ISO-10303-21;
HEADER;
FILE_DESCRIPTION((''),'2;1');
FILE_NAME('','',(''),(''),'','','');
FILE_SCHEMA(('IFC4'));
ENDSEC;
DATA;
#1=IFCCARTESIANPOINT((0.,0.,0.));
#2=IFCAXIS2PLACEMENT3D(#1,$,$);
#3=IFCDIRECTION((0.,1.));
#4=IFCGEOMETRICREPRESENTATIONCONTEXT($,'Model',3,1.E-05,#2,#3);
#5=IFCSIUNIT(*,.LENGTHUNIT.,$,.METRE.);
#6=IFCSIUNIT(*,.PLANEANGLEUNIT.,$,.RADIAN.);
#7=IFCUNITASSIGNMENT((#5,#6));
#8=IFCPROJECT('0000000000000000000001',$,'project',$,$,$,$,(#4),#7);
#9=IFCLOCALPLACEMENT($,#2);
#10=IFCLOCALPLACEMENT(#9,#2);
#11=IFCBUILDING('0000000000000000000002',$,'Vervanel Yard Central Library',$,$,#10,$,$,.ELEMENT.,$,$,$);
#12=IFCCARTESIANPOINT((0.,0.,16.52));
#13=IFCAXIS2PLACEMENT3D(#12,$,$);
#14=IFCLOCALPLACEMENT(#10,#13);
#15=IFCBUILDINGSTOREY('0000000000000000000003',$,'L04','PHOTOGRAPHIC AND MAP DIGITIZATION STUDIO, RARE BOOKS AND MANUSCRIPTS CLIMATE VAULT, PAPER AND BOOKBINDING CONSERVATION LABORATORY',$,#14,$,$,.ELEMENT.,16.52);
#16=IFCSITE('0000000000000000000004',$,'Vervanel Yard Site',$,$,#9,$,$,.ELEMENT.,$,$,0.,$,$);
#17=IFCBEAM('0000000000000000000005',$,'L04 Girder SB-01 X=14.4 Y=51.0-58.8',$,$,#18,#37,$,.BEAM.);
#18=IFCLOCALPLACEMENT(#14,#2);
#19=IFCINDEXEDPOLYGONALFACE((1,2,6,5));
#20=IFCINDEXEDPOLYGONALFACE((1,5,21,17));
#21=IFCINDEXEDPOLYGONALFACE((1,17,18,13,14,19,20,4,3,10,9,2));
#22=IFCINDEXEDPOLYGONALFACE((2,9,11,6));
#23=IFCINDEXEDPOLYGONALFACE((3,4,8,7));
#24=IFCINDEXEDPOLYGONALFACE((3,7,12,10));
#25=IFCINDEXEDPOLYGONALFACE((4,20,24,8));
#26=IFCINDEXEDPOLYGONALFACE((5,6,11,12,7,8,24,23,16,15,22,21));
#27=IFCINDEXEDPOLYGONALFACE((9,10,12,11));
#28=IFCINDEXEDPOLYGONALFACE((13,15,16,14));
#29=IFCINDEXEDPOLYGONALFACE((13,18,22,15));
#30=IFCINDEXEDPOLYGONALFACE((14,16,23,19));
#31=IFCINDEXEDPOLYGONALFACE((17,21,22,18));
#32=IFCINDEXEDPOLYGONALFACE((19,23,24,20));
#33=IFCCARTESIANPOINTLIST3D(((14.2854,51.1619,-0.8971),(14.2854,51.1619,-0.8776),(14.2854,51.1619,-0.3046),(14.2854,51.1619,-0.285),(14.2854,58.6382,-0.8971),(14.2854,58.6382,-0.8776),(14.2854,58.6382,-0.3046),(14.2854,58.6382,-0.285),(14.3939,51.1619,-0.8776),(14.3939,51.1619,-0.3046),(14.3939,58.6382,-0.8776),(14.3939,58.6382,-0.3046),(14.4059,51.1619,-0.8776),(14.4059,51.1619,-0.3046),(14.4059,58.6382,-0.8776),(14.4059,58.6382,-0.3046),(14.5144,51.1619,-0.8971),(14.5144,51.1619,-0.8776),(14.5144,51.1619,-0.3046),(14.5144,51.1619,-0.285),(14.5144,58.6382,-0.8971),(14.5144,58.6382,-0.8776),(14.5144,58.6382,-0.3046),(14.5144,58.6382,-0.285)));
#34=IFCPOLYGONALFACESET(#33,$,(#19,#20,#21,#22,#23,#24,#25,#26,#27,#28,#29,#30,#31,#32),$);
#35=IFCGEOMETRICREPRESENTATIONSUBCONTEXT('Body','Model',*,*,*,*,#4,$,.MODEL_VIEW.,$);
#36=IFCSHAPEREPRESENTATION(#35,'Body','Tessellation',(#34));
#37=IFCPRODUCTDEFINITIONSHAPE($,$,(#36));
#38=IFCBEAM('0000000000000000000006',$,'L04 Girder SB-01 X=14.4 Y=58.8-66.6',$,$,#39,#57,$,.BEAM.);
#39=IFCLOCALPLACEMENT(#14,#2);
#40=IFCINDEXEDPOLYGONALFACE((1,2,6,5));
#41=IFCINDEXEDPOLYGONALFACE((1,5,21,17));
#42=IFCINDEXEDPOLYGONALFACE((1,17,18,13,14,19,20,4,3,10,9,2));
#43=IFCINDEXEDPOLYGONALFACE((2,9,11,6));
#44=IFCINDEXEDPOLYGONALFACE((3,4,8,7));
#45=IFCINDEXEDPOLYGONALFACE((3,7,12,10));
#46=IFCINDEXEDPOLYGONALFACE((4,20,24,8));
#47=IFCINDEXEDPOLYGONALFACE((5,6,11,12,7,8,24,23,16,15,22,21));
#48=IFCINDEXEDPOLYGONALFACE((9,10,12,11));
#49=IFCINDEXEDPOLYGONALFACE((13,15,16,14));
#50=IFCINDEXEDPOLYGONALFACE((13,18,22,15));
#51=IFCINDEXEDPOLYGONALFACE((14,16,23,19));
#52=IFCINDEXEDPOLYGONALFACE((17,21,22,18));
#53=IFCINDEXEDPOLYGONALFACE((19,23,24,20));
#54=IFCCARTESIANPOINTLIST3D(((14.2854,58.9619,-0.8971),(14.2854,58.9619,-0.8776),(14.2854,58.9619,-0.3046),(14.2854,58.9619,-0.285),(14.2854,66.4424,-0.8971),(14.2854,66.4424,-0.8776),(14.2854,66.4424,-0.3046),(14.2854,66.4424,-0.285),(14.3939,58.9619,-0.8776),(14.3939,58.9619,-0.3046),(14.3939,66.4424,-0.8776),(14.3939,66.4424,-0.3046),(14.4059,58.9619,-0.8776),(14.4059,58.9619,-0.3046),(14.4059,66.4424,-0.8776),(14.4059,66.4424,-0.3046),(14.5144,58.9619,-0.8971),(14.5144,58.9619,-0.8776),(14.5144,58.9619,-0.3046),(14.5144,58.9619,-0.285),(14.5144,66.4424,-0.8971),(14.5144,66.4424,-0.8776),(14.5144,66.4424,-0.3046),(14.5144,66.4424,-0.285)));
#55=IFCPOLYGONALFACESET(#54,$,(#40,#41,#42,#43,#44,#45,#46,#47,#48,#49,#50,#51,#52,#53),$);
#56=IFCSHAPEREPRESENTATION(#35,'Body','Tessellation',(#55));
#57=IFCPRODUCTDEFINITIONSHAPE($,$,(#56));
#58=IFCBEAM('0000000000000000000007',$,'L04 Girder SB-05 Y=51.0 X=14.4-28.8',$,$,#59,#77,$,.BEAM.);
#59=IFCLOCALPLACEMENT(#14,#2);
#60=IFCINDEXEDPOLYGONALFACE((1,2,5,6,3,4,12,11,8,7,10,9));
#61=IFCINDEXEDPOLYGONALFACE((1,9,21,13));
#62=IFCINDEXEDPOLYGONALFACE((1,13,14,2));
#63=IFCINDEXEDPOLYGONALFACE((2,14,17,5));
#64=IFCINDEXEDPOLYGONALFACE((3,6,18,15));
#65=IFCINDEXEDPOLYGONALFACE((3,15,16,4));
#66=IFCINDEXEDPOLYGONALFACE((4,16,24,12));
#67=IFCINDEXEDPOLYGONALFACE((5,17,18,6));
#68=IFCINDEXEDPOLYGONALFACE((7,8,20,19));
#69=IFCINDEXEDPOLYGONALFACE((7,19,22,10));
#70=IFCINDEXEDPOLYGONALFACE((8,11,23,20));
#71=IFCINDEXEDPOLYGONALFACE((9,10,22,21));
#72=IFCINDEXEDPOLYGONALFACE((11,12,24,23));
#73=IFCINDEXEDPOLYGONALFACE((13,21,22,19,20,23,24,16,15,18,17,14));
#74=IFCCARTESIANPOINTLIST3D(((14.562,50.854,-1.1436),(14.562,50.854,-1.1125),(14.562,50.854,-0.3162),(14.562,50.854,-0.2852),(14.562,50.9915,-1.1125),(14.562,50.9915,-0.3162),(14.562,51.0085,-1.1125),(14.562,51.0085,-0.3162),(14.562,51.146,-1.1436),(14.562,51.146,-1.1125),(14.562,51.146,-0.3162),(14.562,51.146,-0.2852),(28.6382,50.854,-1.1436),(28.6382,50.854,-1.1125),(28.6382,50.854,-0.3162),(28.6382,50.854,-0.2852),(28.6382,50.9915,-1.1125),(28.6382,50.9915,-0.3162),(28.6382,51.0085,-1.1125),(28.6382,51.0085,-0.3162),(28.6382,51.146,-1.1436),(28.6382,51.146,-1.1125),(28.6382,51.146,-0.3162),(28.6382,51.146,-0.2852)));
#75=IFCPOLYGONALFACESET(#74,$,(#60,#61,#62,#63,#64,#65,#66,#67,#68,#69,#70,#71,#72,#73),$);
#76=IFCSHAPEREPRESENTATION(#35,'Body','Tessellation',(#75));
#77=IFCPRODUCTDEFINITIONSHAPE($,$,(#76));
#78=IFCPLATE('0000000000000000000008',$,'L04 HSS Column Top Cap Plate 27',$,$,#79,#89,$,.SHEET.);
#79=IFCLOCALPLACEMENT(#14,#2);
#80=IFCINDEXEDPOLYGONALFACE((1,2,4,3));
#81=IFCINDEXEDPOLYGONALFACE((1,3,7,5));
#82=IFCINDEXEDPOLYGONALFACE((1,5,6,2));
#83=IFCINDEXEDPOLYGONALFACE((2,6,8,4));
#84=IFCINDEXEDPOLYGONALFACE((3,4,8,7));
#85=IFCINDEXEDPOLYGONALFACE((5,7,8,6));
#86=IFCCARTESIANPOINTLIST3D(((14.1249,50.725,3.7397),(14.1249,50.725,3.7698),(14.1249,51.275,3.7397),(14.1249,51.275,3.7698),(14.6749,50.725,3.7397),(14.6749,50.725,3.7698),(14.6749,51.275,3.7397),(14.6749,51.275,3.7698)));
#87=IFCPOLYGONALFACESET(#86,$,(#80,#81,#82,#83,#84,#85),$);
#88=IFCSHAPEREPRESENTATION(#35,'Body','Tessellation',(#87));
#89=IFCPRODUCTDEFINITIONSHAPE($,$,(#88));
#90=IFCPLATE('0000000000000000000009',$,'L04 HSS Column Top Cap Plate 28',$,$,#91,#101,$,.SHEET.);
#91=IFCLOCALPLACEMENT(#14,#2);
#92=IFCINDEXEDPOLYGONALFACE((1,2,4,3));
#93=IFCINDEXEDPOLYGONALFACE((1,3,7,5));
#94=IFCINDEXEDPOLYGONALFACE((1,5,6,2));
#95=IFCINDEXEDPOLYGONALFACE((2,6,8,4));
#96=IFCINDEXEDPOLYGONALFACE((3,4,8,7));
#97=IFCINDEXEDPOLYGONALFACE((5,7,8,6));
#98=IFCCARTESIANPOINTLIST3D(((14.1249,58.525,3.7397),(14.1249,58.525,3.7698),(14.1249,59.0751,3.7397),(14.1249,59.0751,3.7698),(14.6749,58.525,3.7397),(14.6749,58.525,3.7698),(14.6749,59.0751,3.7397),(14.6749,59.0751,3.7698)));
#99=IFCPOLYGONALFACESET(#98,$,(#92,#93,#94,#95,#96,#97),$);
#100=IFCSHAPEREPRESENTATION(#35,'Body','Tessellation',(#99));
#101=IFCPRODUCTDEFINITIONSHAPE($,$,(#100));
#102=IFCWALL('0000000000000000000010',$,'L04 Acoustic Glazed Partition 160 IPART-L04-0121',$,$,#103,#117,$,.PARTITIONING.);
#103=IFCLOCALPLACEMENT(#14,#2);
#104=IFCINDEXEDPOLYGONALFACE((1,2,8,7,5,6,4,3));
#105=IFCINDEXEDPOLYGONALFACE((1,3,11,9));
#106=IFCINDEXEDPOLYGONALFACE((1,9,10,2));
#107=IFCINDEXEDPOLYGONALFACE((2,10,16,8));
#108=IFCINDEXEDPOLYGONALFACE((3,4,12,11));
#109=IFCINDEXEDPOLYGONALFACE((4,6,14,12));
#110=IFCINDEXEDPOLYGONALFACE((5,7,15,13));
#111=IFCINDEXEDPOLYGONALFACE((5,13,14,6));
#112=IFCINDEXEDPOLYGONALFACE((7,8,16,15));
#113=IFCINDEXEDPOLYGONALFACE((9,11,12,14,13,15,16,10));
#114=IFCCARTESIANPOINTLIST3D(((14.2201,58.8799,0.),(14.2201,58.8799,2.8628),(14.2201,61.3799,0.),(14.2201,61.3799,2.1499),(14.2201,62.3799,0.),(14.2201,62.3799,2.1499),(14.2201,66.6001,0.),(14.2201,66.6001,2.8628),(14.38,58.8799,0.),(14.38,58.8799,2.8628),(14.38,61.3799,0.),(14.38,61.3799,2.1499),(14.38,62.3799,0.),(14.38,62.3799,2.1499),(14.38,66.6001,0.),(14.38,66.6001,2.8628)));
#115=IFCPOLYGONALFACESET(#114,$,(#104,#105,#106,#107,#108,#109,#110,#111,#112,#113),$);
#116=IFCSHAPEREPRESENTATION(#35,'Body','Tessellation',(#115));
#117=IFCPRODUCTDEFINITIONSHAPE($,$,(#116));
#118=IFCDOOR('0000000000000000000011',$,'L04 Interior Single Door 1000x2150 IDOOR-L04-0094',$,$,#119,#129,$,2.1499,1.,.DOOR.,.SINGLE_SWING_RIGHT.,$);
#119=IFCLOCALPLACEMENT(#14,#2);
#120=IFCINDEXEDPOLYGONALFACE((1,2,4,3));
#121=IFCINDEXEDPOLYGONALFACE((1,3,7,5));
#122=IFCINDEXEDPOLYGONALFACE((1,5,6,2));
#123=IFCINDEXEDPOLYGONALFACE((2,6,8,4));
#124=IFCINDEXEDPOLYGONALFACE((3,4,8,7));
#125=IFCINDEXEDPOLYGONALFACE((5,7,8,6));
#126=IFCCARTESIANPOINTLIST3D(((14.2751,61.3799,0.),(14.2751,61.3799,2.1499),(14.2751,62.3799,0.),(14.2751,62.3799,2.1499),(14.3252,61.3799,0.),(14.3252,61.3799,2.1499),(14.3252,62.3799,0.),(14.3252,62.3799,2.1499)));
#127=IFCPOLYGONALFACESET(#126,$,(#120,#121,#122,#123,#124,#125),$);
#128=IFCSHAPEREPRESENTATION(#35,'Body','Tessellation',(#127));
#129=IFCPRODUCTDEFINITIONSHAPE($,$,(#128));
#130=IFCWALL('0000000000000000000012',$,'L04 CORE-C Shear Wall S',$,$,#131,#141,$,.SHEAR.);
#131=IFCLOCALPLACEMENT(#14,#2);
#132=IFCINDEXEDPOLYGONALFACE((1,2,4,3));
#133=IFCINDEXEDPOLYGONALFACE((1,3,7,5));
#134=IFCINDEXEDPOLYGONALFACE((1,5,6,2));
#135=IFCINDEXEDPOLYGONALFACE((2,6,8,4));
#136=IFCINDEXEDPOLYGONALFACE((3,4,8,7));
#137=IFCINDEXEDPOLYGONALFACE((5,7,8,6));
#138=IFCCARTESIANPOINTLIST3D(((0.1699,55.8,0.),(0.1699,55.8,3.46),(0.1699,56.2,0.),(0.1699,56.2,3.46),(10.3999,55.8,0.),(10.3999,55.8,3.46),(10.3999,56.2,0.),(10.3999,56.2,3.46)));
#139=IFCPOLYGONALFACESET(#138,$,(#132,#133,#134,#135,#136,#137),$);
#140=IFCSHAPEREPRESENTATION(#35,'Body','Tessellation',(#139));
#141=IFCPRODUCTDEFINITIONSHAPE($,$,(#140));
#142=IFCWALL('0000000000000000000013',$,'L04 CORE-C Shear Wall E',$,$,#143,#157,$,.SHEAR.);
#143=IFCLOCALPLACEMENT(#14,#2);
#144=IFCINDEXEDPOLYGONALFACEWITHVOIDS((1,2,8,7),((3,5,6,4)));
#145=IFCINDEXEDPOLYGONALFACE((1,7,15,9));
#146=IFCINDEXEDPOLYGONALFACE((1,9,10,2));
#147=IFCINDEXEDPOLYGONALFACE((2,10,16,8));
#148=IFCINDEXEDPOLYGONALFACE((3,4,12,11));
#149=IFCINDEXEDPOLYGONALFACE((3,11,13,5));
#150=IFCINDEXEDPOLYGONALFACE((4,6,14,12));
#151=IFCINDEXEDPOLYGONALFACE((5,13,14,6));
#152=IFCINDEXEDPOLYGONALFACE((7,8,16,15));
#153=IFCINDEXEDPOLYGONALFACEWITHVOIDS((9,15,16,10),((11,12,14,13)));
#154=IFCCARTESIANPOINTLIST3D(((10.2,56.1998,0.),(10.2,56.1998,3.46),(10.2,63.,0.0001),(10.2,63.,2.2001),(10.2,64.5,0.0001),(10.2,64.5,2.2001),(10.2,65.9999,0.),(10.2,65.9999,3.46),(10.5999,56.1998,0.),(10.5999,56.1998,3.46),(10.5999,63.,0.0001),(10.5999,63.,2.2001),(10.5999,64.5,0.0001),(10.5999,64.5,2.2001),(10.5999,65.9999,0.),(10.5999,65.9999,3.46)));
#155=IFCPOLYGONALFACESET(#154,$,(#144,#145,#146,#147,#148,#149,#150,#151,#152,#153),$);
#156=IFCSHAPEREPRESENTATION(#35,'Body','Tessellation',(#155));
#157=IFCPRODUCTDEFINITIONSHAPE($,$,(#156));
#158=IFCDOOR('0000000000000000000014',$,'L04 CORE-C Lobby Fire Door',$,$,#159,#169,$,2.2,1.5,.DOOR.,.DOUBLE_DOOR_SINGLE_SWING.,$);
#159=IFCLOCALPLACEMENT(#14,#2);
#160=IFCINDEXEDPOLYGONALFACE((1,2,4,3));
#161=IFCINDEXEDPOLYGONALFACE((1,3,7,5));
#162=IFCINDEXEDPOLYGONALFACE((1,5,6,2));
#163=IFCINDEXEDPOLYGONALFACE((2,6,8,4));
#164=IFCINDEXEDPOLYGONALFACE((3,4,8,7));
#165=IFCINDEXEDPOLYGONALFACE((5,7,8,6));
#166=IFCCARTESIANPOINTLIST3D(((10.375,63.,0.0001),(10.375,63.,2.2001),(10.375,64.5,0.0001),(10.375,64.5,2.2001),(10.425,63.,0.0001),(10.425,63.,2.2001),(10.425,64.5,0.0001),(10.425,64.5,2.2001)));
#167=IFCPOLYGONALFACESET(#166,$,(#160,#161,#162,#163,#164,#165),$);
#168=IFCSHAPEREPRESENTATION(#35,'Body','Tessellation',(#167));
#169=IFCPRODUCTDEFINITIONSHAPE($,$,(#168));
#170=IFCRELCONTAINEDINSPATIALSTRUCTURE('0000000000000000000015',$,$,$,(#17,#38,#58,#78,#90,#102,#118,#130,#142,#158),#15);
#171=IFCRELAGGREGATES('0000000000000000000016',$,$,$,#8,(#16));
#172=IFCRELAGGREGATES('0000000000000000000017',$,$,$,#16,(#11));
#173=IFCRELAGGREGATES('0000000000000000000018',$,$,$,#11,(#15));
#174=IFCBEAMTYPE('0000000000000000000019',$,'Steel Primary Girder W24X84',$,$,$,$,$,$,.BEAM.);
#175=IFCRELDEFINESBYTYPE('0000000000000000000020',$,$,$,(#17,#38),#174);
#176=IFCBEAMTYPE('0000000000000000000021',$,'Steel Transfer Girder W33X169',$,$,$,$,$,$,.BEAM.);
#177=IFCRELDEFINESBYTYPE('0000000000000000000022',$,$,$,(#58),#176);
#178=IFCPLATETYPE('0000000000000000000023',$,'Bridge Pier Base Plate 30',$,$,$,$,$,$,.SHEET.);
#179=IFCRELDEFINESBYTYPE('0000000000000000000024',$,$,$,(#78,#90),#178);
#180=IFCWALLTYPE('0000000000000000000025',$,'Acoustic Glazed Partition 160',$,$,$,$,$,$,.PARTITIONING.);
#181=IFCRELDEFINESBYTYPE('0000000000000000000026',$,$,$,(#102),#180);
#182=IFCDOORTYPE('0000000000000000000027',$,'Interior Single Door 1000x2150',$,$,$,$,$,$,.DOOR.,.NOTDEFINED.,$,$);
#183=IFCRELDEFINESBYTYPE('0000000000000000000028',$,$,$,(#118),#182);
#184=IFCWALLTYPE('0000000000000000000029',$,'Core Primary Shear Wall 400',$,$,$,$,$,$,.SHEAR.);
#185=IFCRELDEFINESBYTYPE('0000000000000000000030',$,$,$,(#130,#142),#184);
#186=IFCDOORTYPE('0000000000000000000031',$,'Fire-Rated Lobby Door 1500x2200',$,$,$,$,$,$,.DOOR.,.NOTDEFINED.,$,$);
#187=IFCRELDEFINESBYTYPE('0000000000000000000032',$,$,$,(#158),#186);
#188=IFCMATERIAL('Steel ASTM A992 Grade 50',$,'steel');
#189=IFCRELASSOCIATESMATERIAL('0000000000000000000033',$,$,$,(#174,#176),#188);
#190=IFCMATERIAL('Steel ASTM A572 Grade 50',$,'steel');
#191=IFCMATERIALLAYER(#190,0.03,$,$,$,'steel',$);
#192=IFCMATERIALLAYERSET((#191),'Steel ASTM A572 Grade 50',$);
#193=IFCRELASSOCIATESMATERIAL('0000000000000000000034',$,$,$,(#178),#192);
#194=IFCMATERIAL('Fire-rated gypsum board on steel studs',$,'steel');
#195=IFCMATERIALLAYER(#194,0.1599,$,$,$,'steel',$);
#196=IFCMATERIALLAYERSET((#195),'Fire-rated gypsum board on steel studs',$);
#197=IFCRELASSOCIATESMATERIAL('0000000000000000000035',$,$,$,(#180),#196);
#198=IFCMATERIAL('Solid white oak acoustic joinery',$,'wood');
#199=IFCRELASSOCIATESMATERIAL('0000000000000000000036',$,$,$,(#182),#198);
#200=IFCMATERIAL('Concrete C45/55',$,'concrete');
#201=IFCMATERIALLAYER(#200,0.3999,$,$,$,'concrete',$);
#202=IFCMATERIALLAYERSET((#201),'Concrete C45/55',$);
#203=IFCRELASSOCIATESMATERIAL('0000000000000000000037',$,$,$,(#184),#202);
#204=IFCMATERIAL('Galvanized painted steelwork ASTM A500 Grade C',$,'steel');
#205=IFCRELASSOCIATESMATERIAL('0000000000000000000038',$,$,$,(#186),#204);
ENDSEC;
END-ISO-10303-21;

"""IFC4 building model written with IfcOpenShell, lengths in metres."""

from ifc_helpers import new_model, si_unit, direction, frame, frame_2d, origin, origin_2d, place, context, subcontext, project, spatial, rectangle, i_section, extrude, material, layer, layer_set, material_profile, profile_set, type_object, element, fill, save


model = new_model("IFC4")

# Units and contexts
model_context = context("Model", 3, precision=1e-05, world=origin(), true_north=direction((0.0, 1.0)))
body_context = subcontext(model_context, "Body", "Model", "MODEL_VIEW")
ifc_project = project(units=[si_unit("LENGTHUNIT", "METRE"), si_unit("PLANEANGLEUNIT", "RADIAN")], contexts=[model_context])

# Site, building, storey
site_placement = place(None, origin())
site = spatial("IfcSite", under=ifc_project, at=site_placement, Name="Vervanel Yard Site", CompositionType="ELEMENT", RefElevation=0.0)
building_placement = place(site_placement, origin())
building = spatial("IfcBuilding", under=site, at=building_placement, Name="Vervanel Yard Central Library", CompositionType="ELEMENT")
storey_placement = place(building_placement, frame((0.0, 0.0, 16.52)))
storey = spatial("IfcBuildingStorey", under=building, at=storey_placement, Name="L04", Description="PHOTOGRAPHIC AND MAP DIGITIZATION STUDIO, RARE BOOKS AND MANUSCRIPTS CLIMATE VAULT, PAPER AND BOOKBINDING CONSERVATION LABORATORY", CompositionType="ELEMENT", Elevation=16.52)

# Shared definitions
ifc_material_1 = material(Name="Steel ASTM A992 Grade 50", Category="steel")

# Beams
ifc_material_profile_1 = material_profile(ifc_material_1, i_section(OverallWidth=0.229, OverallDepth=0.6121, WebThickness=0.012, FlangeThickness=0.0195, at=origin_2d()), Name="W24X84", Category="steel")
ifc_profile_set_1 = profile_set([ifc_material_profile_1], Name="Steel ASTM A992 Grade 50")
beam_type_1 = type_object("IfcBeamType", Name="Steel Primary Girder W24X84", PredefinedType="BEAM", material=ifc_profile_set_1)
beam_1_placement = place(storey_placement, frame((14.3999, 51.1619, -0.5911), z_axis=(0.0, 1.0, 0.0), x_axis=(-1.0, 0.0, 0.0)))
element("IfcBeam", 1, at=beam_1_placement, inside=storey, type_object=beam_type_1, Name="L04 Girder SB-01 X=14.4 Y=51.0-58.8", PredefinedType="BEAM", context=body_context, shape_type="SweptSolid", body=[
    extrude(i_section(OverallWidth=0.229, OverallDepth=0.6121, WebThickness=0.012, FlangeThickness=0.0195, at=origin_2d()), origin(), (0.0, 0.0, 1.0), 7.4763),
])
beam_2_placement = place(storey_placement, frame((14.3999, 58.9619, -0.5911), z_axis=(0.0, 1.0, 0.0), x_axis=(-1.0, 0.0, 0.0)))
element("IfcBeam", 2, at=beam_2_placement, inside=storey, type_object=beam_type_1, Name="L04 Girder SB-01 X=14.4 Y=58.8-66.6", PredefinedType="BEAM", context=body_context, shape_type="SweptSolid", body=[
    extrude(i_section(OverallWidth=0.229, OverallDepth=0.6121, WebThickness=0.012, FlangeThickness=0.0195, at=origin_2d()), origin(), (0.0, 0.0, 1.0), 7.4805),
])
ifc_material_profile_2 = material_profile(ifc_material_1, i_section(OverallWidth=0.292, OverallDepth=0.8584, WebThickness=0.0171, FlangeThickness=0.031, at=origin_2d()), Name="W33X169", Category="steel")
ifc_profile_set_2 = profile_set([ifc_material_profile_2], Name="Steel ASTM A992 Grade 50")
beam_type_2 = type_object("IfcBeamType", Name="Steel Transfer Girder W33X169", PredefinedType="BEAM", material=ifc_profile_set_2)
beam_3_placement = place(storey_placement, frame((14.562, 51.0, -0.7144), z_axis=(1.0, 0.0, 0.0), x_axis=(0.0, 1.0, 0.0)))
element("IfcBeam", 3, at=beam_3_placement, inside=storey, type_object=beam_type_2, Name="L04 Girder SB-05 Y=51.0 X=14.4-28.8", PredefinedType="BEAM", context=body_context, shape_type="SweptSolid", body=[
    extrude(i_section(OverallWidth=0.292, OverallDepth=0.8584, WebThickness=0.0171, FlangeThickness=0.031, at=origin_2d()), origin(), (0.0, 0.0, 1.0), 14.0762),
])

# Plates
ifc_material_2 = material(Name="Steel ASTM A572 Grade 50", Category="steel")
ifc_layer_1 = layer(ifc_material_2, 0.03, Category="steel")
ifc_layer_set_1 = layer_set([ifc_layer_1], Name="Steel ASTM A572 Grade 50")
plate_type = type_object("IfcPlateType", Name="Bridge Pier Base Plate 30", PredefinedType="SHEET", material=ifc_layer_set_1)
for number, where, z_axis, x_axis, name in (
    (4, (14.3999, 51.0, 3.7397), (0.0, 0.0, 1.0), (1.0, 0.0, 0.0), "L04 HSS Column Top Cap Plate 27"),
    (5, (14.3999, 58.8, 3.7397), (0.0, 0.0, 1.0), (1.0, 0.0, 0.0), "L04 HSS Column Top Cap Plate 28"),
):
    element("IfcPlate", number, at=place(storey_placement, frame(where, z_axis=z_axis, x_axis=x_axis)), inside=storey, type_object=plate_type, Name=name, PredefinedType="SHEET", context=body_context, shape_type="SweptSolid", body=[
        extrude(rectangle(XDim=0.55, YDim=0.55, at=origin_2d()), origin(), (0.0, 0.0, 1.0), 0.03),
    ])

# Wall, opening, door
ifc_material_3 = material(Name="Fire-rated gypsum board on steel studs", Category="steel")
ifc_layer_2 = layer(ifc_material_3, 0.1599, Category="steel")
ifc_layer_set_2 = layer_set([ifc_layer_2], Name="Fire-rated gypsum board on steel studs")
wall_type_1 = type_object("IfcWallType", Name="Acoustic Glazed Partition 160", PredefinedType="PARTITIONING", material=ifc_layer_set_2)
wall_1_placement = place(storey_placement, frame((14.3, 58.8799, 0.0), z_axis=(0.0, 0.0, 1.0), x_axis=(0.0, 1.0, 0.0)))
wall_1 = element("IfcWall", 6, at=wall_1_placement, inside=storey, type_object=wall_type_1, Name="L04 Acoustic Glazed Partition 160 IPART-L04-0121", PredefinedType="PARTITIONING", context=body_context, shape_type="SweptSolid", body=[
    extrude(rectangle(XDim=7.7202, YDim=0.1599, at=frame_2d((3.8601, 0.0))), origin(), (0.0, 0.0, 1.0), 2.8628),
])
opening_1_placement = place(wall_1_placement, frame((2.5, 0.0, 0.0)))
opening_1 = element("IfcOpeningElement", 7, at=opening_1_placement, cuts=wall_1, PredefinedType="OPENING", context=body_context, shape_type="SweptSolid", body=[
    extrude(rectangle(XDim=1.0, YDim=2.1499, at=frame_2d((0.5, 1.075))), frame((0.0, 0.0898, 0.0), z_axis=(0.0, -1.0, 0.0), x_axis=(1.0, 0.0, 0.0)), (0.0, 0.0, 1.0), 0.1799),
])
ifc_material_4 = material(Name="Solid white oak acoustic joinery", Category="wood")
door_type_1 = type_object("IfcDoorType", Name="Interior Single Door 1000x2150", OperationType="NOTDEFINED", PredefinedType="DOOR", material=ifc_material_4)
door_1_placement = place(opening_1_placement, origin())
door_1 = element("IfcDoor", 8, at=door_1_placement, inside=storey, type_object=door_type_1, Name="L04 Interior Single Door 1000x2150 IDOOR-L04-0094", OperationType="SINGLE_SWING_RIGHT", OverallHeight=2.1499, OverallWidth=1.0, PredefinedType="DOOR", context=body_context, shape_type="SweptSolid", body=[
    extrude(rectangle(XDim=1.0, YDim=2.1499, at=frame_2d((0.5, 1.075))), frame((0.0, 0.0249, 0.0), z_axis=(0.0, -1.0, 0.0), x_axis=(1.0, 0.0, 0.0)), (0.0, 0.0, 1.0), 0.05),
])
fill(opening_1, door_1)

# Wall
ifc_material_5 = material(Name="Concrete C45/55", Category="concrete")
ifc_layer_3 = layer(ifc_material_5, 0.3999, Category="concrete")
ifc_layer_set_3 = layer_set([ifc_layer_3], Name="Concrete C45/55")
wall_type_2 = type_object("IfcWallType", Name="Core Primary Shear Wall 400", PredefinedType="SHEAR", material=ifc_layer_set_3)
wall_2_placement = place(storey_placement, frame((0.1699, 56.0, 0.0), z_axis=(0.0, 0.0, 1.0), x_axis=(1.0, 0.0, 0.0)))
element("IfcWall", 9, at=wall_2_placement, inside=storey, type_object=wall_type_2, Name="L04 CORE-C Shear Wall S", PredefinedType="SHEAR", context=body_context, shape_type="SweptSolid", body=[
    extrude(rectangle(XDim=10.23, YDim=0.3999, at=frame_2d((5.115, 0.0))), origin(), (0.0, 0.0, 1.0), 3.46),
])

# Wall, opening, door
wall_3_placement = place(storey_placement, frame((10.3999, 56.2, 0.0), z_axis=(0.0, 0.0, 1.0), x_axis=(0.0, 1.0, 0.0)))
wall_3 = element("IfcWall", 10, at=wall_3_placement, inside=storey, type_object=wall_type_2, Name="L04 CORE-C Shear Wall E", PredefinedType="SHEAR", context=body_context, shape_type="SweptSolid", body=[
    extrude(rectangle(XDim=9.8, YDim=0.3999, at=frame_2d((4.8999, 0.0))), origin(), (0.0, 0.0, 1.0), 3.46),
])
opening_2_placement = place(wall_3_placement, frame((6.8, 0.0, 0.0)))
opening_2 = element("IfcOpeningElement", 11, at=opening_2_placement, cuts=wall_3, PredefinedType="OPENING", context=body_context, shape_type="SweptSolid", body=[
    extrude(rectangle(XDim=1.5, YDim=2.2, at=frame_2d((0.75, 1.1001))), frame((0.0, 0.21, 0.0), z_axis=(0.0, -1.0, 0.0), x_axis=(1.0, 0.0, 0.0)), (0.0, 0.0, 1.0), 0.4199),
])
ifc_material_6 = material(Name="Galvanized painted steelwork ASTM A500 Grade C", Category="steel")
door_type_2 = type_object("IfcDoorType", Name="Fire-Rated Lobby Door 1500x2200", OperationType="NOTDEFINED", PredefinedType="DOOR", material=ifc_material_6)
door_2_placement = place(opening_2_placement, origin())
door_2 = element("IfcDoor", 12, at=door_2_placement, inside=storey, type_object=door_type_2, Name="L04 CORE-C Lobby Fire Door", OperationType="DOUBLE_DOOR_SINGLE_SWING", OverallHeight=2.2, OverallWidth=1.5, PredefinedType="DOOR", context=body_context, shape_type="SweptSolid", body=[
    extrude(rectangle(XDim=1.5, YDim=2.2, at=frame_2d((0.75, 1.1001))), frame((0.0, 0.0249, 0.0), z_axis=(0.0, -1.0, 0.0), x_axis=(1.0, 0.0, 0.0)), (0.0, 0.0, 1.0), 0.05),
])
fill(opening_2, door_2)

save(model, "model.ifc")
